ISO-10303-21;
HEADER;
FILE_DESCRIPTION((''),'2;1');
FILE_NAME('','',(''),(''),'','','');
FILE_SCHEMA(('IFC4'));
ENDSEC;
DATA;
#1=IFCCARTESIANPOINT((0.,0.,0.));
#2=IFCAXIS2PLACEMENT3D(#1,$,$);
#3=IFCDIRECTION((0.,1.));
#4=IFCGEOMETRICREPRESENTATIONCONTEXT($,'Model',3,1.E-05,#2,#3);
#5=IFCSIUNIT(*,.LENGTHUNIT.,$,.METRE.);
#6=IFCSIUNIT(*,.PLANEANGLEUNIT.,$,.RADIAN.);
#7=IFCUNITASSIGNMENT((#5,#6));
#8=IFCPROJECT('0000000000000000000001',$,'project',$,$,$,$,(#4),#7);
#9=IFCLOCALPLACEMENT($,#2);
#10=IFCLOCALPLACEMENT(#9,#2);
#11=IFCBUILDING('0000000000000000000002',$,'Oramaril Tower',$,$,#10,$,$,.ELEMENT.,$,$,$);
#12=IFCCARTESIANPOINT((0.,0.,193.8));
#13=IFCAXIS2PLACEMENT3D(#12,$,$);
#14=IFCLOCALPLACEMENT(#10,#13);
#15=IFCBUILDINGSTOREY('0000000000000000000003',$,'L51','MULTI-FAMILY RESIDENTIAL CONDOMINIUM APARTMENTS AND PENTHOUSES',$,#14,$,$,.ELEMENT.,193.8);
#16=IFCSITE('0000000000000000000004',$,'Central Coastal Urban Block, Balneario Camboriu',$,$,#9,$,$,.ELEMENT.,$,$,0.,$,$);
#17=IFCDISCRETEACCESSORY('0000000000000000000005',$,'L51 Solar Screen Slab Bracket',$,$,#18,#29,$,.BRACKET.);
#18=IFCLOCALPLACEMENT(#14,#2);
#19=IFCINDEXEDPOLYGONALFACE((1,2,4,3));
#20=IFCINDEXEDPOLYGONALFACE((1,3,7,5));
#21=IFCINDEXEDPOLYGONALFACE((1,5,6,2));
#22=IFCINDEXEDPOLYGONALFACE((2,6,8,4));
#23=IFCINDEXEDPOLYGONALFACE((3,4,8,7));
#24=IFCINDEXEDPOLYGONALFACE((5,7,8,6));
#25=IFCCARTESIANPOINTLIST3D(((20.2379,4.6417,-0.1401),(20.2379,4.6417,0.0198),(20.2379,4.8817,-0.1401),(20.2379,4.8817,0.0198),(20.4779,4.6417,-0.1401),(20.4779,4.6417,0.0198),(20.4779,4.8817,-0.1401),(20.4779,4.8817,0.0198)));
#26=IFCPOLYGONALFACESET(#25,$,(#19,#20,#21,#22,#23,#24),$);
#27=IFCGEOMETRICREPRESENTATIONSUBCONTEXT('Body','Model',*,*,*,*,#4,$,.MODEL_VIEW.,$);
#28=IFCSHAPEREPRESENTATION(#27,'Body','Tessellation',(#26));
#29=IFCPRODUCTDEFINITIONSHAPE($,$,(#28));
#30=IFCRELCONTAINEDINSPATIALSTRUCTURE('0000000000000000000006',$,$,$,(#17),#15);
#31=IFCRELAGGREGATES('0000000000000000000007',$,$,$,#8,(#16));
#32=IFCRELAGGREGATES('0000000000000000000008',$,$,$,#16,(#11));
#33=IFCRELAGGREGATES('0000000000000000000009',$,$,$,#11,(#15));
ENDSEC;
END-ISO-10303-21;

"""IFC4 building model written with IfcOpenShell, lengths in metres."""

from ifc_helpers import new_model, si_unit, direction, frame, origin, origin_2d, place, context, subcontext, project, spatial, rectangle, extrude, element, save


model = new_model("IFC4")

# Units and contexts
model_context = context("Model", 3, precision=1e-05, world=origin(), true_north=direction((0.0, 1.0)))
body_context = subcontext(model_context, "Body", "Model", "MODEL_VIEW")
ifc_project = project(units=[si_unit("LENGTHUNIT", "METRE"), si_unit("PLANEANGLEUNIT", "RADIAN")], contexts=[model_context])

# Site, building, storey
site_placement = place(None, origin())
site = spatial("IfcSite", under=ifc_project, at=site_placement, Name="Central Coastal Urban Block, Balneario Camboriu", CompositionType="ELEMENT", RefElevation=0.0)
building_placement = place(site_placement, origin())
building = spatial("IfcBuilding", under=site, at=building_placement, Name="Oramaril Tower", CompositionType="ELEMENT")
storey_placement = place(building_placement, frame((0.0, 0.0, 193.8)))
storey = spatial("IfcBuildingStorey", under=building, at=storey_placement, Name="L51", Description="MULTI-FAMILY RESIDENTIAL CONDOMINIUM APARTMENTS AND PENTHOUSES", CompositionType="ELEMENT", Elevation=193.8)

# Discrete accessory
discrete_accessory_placement = place(storey_placement, frame((20.3579, 4.7617, -0.1401), z_axis=(0.0, 0.0, 1.0), x_axis=(1.0, 0.0, 0.0)))
element("IfcDiscreteAccessory", 1, at=discrete_accessory_placement, inside=storey, Name="L51 Solar Screen Slab Bracket", PredefinedType="BRACKET", context=body_context, shape_type="SweptSolid", body=[
    extrude(rectangle(XDim=0.24, YDim=0.24, at=origin_2d()), origin(), (0.0, 0.0, 1.0), 0.1599),
])

save(model, "model.ifc")
